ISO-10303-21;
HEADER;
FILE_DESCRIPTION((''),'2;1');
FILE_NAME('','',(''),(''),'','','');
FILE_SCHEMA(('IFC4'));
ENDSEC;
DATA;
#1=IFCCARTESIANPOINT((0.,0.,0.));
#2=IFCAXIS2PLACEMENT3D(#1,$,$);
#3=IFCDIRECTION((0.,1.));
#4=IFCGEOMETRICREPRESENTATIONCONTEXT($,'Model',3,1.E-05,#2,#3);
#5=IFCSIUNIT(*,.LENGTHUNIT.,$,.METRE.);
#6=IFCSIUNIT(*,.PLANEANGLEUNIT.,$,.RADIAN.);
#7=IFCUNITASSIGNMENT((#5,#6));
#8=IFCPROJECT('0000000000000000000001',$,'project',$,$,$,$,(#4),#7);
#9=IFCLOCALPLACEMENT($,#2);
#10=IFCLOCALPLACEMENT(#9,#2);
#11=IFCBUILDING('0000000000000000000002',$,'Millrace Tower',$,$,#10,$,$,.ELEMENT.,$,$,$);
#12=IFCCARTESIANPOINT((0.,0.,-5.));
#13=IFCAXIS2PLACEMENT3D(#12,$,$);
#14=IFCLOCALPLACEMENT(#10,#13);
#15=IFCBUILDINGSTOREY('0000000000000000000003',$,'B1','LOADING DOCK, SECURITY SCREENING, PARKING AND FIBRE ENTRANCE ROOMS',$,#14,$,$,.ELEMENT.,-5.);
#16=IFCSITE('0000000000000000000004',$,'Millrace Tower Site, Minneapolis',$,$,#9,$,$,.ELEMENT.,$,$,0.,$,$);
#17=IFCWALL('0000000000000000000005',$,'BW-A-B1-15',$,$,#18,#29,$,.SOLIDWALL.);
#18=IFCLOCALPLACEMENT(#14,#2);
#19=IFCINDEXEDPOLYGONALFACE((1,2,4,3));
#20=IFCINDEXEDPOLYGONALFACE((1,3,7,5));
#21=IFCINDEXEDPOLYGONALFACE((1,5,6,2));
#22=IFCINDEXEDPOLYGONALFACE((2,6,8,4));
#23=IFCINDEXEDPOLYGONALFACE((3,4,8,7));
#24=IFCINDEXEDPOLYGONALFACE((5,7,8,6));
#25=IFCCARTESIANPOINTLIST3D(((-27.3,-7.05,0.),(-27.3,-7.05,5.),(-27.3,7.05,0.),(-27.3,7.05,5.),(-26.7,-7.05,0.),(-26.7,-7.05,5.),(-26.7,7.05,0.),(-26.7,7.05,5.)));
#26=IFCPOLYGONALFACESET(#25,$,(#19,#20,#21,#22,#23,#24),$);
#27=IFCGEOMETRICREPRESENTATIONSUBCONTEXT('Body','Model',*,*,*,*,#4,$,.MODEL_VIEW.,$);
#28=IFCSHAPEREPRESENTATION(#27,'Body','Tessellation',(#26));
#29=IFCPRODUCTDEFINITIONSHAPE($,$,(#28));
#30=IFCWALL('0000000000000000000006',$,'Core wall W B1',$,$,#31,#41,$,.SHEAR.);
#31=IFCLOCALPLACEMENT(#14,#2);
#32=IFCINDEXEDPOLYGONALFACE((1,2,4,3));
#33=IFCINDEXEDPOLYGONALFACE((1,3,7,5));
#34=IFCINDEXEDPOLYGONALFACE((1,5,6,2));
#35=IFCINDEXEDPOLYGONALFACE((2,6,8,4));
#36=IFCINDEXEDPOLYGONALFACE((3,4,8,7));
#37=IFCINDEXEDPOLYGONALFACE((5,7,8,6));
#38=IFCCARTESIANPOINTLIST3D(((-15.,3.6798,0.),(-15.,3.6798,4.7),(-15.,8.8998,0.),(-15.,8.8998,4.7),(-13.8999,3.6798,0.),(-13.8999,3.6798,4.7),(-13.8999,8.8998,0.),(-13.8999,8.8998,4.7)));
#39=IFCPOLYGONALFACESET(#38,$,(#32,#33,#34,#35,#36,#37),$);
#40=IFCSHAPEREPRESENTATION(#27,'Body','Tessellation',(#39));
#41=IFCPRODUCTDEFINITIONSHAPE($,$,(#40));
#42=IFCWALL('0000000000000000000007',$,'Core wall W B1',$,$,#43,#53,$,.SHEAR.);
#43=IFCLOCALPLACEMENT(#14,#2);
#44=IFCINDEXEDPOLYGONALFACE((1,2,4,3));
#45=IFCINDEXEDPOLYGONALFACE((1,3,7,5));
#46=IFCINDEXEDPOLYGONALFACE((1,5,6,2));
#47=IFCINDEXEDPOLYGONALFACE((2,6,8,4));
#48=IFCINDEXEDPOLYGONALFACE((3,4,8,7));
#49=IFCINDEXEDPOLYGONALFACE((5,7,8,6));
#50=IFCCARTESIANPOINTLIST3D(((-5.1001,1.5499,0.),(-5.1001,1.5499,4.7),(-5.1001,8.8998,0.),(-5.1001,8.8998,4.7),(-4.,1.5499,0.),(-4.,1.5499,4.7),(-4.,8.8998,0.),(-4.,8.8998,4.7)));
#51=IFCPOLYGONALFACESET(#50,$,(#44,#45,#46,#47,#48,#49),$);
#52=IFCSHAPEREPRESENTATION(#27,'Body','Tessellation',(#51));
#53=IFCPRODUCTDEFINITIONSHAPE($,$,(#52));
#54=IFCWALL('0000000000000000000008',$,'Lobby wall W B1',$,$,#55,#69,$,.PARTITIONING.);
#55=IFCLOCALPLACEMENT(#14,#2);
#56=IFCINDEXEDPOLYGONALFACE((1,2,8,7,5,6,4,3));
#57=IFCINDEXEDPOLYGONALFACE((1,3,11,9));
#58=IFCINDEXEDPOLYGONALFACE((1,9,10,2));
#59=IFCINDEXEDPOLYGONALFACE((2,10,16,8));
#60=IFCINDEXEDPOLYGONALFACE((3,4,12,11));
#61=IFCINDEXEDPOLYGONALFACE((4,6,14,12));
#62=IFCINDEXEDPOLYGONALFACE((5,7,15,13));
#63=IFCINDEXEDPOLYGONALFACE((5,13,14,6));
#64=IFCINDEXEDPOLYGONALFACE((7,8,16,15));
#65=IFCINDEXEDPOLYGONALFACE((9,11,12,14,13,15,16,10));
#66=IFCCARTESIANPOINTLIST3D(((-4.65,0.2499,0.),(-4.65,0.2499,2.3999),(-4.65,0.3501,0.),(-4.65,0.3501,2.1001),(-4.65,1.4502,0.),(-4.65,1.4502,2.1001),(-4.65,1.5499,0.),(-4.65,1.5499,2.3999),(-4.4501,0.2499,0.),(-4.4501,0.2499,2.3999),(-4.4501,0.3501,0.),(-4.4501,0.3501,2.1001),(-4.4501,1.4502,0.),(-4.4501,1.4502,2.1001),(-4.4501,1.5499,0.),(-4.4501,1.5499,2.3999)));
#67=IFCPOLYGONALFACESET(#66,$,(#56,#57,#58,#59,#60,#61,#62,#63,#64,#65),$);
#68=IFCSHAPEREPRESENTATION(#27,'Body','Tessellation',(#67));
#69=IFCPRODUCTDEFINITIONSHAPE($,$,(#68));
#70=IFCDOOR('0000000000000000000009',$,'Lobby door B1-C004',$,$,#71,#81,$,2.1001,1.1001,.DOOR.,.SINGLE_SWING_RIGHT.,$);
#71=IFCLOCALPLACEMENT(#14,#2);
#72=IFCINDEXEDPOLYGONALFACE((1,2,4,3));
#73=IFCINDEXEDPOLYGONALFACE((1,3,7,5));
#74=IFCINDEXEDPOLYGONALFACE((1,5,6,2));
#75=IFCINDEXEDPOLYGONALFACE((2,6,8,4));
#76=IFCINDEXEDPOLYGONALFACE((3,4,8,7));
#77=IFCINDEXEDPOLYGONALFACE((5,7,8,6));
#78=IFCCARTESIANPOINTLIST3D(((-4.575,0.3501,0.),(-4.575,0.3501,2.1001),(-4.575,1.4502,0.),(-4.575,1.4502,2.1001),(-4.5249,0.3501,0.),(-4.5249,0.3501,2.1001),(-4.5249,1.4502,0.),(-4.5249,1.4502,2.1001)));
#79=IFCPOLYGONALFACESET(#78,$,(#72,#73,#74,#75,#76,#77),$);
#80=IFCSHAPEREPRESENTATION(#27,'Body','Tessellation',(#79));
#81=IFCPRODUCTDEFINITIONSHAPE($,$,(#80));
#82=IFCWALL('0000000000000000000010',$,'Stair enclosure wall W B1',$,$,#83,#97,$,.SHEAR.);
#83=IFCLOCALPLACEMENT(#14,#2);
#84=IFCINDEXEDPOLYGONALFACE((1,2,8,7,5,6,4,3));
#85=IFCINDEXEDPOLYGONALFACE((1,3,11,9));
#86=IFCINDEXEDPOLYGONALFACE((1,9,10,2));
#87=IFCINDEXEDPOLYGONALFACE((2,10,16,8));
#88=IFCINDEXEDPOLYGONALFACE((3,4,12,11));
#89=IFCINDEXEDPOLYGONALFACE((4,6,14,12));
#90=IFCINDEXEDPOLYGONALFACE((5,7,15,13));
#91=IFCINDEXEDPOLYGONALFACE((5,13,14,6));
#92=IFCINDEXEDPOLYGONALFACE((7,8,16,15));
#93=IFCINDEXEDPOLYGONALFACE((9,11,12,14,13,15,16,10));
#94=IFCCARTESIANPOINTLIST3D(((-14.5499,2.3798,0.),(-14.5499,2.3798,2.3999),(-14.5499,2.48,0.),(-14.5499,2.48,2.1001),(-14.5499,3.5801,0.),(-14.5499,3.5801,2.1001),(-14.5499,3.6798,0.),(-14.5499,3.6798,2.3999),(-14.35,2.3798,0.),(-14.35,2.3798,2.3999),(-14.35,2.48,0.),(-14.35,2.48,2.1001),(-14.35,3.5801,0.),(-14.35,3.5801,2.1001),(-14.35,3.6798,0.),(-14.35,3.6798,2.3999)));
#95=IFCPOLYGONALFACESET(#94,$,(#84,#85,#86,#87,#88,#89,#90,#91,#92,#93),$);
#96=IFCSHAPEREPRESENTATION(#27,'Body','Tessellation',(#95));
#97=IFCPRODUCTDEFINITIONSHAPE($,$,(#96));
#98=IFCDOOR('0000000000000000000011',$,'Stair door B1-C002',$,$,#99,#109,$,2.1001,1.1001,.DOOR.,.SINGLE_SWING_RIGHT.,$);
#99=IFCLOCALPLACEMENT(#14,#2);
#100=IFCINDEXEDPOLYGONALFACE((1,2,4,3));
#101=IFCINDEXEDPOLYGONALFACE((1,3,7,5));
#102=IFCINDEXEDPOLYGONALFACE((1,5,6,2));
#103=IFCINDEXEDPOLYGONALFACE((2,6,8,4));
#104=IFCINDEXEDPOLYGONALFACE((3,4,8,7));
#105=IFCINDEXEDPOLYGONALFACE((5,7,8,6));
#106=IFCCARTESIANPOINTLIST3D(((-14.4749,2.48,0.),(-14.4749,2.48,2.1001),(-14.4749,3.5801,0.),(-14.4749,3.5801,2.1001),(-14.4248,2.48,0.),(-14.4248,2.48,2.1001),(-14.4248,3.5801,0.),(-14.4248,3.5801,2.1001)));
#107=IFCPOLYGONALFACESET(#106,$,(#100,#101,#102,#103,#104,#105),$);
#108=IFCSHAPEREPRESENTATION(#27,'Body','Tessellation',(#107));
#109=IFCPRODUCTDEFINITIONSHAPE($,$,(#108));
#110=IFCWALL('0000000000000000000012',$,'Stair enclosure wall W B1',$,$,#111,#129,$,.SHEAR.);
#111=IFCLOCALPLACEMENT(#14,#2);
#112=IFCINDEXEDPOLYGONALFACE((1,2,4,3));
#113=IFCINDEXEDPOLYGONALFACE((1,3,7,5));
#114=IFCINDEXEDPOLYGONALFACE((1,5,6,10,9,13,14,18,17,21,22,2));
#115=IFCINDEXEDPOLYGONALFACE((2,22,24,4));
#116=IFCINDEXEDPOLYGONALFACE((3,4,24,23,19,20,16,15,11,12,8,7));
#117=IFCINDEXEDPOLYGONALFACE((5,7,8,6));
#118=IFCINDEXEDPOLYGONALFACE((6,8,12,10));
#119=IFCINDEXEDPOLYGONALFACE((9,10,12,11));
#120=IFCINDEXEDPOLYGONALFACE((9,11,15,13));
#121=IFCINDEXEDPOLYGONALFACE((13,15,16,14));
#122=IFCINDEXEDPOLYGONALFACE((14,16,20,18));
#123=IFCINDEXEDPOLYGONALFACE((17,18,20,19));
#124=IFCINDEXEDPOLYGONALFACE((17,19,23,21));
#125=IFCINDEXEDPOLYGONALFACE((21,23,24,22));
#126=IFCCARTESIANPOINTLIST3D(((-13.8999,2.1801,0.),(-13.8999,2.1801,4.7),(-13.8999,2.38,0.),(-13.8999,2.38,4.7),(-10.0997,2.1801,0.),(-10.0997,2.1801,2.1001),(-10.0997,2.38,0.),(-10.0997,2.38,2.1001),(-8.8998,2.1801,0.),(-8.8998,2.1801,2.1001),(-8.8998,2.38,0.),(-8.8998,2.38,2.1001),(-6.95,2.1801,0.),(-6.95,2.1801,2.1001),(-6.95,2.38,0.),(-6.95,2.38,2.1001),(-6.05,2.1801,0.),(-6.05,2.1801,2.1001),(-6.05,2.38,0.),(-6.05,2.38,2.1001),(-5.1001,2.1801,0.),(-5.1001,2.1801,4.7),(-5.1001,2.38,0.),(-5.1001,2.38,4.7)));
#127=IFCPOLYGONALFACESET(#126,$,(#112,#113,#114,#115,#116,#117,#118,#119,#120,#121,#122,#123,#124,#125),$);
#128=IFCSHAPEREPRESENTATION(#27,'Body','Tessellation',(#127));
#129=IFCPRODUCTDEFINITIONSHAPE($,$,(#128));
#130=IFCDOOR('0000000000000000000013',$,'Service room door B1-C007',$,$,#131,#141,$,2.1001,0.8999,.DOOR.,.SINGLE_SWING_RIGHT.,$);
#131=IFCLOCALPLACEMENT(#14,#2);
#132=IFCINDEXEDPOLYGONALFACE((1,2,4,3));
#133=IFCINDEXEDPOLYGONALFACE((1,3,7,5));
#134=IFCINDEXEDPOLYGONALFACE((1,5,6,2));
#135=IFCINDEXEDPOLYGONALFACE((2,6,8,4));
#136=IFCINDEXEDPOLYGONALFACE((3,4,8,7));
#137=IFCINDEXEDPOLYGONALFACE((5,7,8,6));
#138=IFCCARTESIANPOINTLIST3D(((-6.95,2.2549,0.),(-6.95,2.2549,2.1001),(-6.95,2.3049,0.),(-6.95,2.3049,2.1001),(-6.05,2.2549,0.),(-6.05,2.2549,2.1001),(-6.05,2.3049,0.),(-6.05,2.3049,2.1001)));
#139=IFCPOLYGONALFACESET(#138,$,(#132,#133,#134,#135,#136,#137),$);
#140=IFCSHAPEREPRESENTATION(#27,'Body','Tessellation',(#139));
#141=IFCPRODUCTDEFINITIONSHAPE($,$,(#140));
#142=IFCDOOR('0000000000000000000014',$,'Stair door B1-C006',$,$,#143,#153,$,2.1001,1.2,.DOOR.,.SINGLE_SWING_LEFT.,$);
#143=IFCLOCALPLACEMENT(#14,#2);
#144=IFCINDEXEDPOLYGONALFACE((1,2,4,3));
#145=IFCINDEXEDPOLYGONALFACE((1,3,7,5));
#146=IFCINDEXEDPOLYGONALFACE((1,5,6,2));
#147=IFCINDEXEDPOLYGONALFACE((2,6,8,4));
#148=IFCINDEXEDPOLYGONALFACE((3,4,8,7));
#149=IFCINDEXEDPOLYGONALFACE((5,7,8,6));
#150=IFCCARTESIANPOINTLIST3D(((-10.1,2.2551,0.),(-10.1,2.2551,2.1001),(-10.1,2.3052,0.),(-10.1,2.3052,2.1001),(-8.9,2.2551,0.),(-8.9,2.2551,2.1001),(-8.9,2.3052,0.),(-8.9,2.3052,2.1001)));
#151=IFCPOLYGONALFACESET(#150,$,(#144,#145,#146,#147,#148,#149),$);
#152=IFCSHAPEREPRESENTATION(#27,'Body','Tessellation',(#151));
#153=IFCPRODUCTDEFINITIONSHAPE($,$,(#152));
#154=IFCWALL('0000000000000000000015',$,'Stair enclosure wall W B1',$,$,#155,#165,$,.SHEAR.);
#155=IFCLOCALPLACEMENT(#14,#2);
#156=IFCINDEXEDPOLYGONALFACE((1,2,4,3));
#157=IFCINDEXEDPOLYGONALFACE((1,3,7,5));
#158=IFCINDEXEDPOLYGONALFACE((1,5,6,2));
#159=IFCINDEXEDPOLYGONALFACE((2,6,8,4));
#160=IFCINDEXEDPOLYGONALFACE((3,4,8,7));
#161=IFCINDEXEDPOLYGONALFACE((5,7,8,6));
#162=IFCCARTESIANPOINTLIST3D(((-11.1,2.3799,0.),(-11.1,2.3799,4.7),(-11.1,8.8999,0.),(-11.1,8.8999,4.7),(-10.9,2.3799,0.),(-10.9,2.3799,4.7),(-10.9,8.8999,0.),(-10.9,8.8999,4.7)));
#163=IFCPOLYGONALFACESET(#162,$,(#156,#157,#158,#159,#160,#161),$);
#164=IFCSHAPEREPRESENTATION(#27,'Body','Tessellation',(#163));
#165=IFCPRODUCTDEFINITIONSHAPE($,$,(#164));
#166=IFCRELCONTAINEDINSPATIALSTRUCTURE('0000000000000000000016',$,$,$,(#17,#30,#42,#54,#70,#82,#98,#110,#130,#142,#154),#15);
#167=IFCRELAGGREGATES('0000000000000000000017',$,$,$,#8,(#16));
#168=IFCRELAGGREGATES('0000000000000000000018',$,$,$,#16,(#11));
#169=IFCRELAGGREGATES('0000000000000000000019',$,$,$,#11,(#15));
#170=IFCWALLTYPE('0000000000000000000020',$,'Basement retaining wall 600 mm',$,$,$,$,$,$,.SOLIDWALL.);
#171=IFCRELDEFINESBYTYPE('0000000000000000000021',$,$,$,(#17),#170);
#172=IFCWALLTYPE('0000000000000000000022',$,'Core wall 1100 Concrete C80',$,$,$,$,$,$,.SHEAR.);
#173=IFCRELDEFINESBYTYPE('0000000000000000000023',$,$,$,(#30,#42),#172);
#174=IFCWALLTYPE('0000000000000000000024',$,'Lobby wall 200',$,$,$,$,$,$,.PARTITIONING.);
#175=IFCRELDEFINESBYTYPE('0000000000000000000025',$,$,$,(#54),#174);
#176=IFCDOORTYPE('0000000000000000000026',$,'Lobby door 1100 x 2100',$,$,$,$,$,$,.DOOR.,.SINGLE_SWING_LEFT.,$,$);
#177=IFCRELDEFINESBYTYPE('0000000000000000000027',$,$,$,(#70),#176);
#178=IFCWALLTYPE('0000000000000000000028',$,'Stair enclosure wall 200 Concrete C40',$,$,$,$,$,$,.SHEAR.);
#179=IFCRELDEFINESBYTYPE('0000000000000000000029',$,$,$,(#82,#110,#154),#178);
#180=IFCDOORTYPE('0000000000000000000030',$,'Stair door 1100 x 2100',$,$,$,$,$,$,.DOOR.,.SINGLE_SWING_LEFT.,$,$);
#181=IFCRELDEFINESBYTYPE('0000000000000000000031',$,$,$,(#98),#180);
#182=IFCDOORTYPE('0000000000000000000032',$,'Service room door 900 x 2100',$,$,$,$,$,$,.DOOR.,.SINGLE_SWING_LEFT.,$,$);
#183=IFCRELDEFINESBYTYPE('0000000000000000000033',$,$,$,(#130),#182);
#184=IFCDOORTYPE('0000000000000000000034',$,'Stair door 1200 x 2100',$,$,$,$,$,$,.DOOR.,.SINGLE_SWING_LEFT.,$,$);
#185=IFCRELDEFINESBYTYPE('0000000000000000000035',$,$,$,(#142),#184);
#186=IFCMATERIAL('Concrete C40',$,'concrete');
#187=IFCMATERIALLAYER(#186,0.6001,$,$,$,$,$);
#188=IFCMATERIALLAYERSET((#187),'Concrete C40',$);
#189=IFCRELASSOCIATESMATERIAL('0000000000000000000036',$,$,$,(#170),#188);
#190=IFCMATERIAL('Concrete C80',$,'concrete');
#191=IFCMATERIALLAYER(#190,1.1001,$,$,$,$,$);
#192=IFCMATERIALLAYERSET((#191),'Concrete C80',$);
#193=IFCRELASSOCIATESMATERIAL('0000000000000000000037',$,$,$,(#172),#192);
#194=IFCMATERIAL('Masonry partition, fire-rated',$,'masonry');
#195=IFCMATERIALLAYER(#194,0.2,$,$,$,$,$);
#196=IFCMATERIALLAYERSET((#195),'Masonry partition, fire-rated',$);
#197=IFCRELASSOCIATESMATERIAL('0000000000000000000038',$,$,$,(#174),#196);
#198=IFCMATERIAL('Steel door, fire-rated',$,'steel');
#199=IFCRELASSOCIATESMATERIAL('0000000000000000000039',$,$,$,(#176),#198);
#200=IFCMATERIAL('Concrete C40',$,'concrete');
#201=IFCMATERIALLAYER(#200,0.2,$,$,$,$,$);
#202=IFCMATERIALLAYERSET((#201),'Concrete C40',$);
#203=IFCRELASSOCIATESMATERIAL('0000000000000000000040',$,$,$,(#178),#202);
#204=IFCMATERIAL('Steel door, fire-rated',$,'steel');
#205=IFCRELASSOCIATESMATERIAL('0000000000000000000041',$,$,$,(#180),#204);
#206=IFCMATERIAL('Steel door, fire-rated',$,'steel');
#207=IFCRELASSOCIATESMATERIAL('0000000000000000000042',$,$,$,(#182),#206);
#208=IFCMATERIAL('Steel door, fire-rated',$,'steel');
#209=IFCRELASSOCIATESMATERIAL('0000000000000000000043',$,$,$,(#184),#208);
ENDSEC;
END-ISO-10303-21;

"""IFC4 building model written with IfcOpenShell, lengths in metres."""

from ifc_helpers import new_model, si_unit, direction, frame, frame_2d, origin, place, context, subcontext, project, spatial, rectangle, extrude, material, layer, layer_set, type_object, element, fill, save


model = new_model("IFC4")

# Units and contexts
model_context = context("Model", 3, precision=1e-05, world=origin(), true_north=direction((0.0, 1.0)))
body_context = subcontext(model_context, "Body", "Model", "MODEL_VIEW")
ifc_project = project(units=[si_unit("LENGTHUNIT", "METRE"), si_unit("PLANEANGLEUNIT", "RADIAN")], contexts=[model_context])

# Site, building, storey
site_placement = place(None, origin())
site = spatial("IfcSite", under=ifc_project, at=site_placement, Name="Millrace Tower Site, Minneapolis", CompositionType="ELEMENT", RefElevation=0.0)
building_placement = place(site_placement, origin())
building = spatial("IfcBuilding", under=site, at=building_placement, Name="Millrace Tower", CompositionType="ELEMENT")
storey_placement = place(building_placement, frame((0.0, 0.0, -5.0)))
storey = spatial("IfcBuildingStorey", under=building, at=storey_placement, Name="B1", Description="LOADING DOCK, SECURITY SCREENING, PARKING AND FIBRE ENTRANCE ROOMS", CompositionType="ELEMENT", Elevation=-5.0)

# Shared definitions
placement_1 = place(storey_placement, frame((-27.0, 7.05, 0.0), z_axis=(0.0, 0.0, 1.0), x_axis=(0.0, -1.0, 0.0)))

# Walls
ifc_material_1 = material(Name="Concrete C40", Category="concrete")
ifc_layer_1 = layer(ifc_material_1, 0.6001)
ifc_layer_set_1 = layer_set([ifc_layer_1], Name="Concrete C40")
wall_type_1 = type_object("IfcWallType", Name="Basement retaining wall 600 mm", PredefinedType="SOLIDWALL", material=ifc_layer_set_1)
element("IfcWall", 1, at=placement_1, inside=storey, type_object=wall_type_1, Name="BW-A-B1-15", PredefinedType="SOLIDWALL", context=body_context, shape_type="SweptSolid", body=[
    extrude(rectangle(XDim=14.1001, YDim=0.6001, at=frame_2d((7.05, 0.0))), origin(), (0.0, 0.0, 1.0), 5.0),
])
ifc_material_2 = material(Name="Concrete C80", Category="concrete")
ifc_layer_2 = layer(ifc_material_2, 1.1001)
ifc_layer_set_2 = layer_set([ifc_layer_2], Name="Concrete C80")
wall_type_2 = type_object("IfcWallType", Name="Core wall 1100 Concrete C80", PredefinedType="SHEAR", material=ifc_layer_set_2)
wall_1_placement = place(storey_placement, frame((-14.45, 3.6799, 0.0), z_axis=(0.0, 0.0, 1.0), x_axis=(0.0, 1.0, 0.0)))
element("IfcWall", 2, at=wall_1_placement, inside=storey, type_object=wall_type_2, Name="Core wall W B1", PredefinedType="SHEAR", context=body_context, shape_type="SweptSolid", body=[
    extrude(rectangle(XDim=5.22, YDim=1.1001, at=frame_2d((2.6099, 0.0))), origin(), (0.0, 0.0, 1.0), 4.7),
])
wall_2_placement = place(storey_placement, frame((-4.55, 1.55, 0.0), z_axis=(0.0, 0.0, 1.0), x_axis=(0.0, 1.0, 0.0)))
element("IfcWall", 3, at=wall_2_placement, inside=storey, type_object=wall_type_2, Name="Core wall W B1", PredefinedType="SHEAR", context=body_context, shape_type="SweptSolid", body=[
    extrude(rectangle(XDim=7.3499, YDim=1.1001, at=frame_2d((3.6748, 0.0))), origin(), (0.0, 0.0, 1.0), 4.7),
])

# Walls, openings, doors
ifc_material_3 = material(Name="Masonry partition, fire-rated", Category="masonry")
ifc_layer_3 = layer(ifc_material_3, 0.2)
ifc_layer_set_3 = layer_set([ifc_layer_3], Name="Masonry partition, fire-rated")
wall_type_3 = type_object("IfcWallType", Name="Lobby wall 200", PredefinedType="PARTITIONING", material=ifc_layer_set_3)
wall_3_placement = place(storey_placement, frame((-4.55, 0.25, 0.0), z_axis=(0.0, 0.0, 1.0), x_axis=(0.0, 1.0, 0.0)))
wall_3 = element("IfcWall", 4, at=wall_3_placement, inside=storey, type_object=wall_type_3, Name="Lobby wall W B1", PredefinedType="PARTITIONING", context=body_context, shape_type="SweptSolid", body=[
    extrude(rectangle(XDim=1.3, YDim=0.2, at=frame_2d((0.6499, 0.0))), origin(), (0.0, 0.0, 1.0), 2.3999),
])
opening_1_placement = place(wall_3_placement, frame((0.1001, 0.0, 0.0)))
opening_1 = element("IfcOpeningElement", 5, at=opening_1_placement, cuts=wall_3, PredefinedType="OPENING", context=body_context, shape_type="SweptSolid", body=[
    extrude(rectangle(XDim=1.1001, YDim=2.1001, at=frame_2d((0.55, 1.05))), frame((0.0, 0.1099, 0.0), z_axis=(0.0, -1.0, 0.0), x_axis=(1.0, 0.0, 0.0)), (0.0, 0.0, 1.0), 0.22),
])
ifc_material_4 = material(Name="Steel door, fire-rated", Category="steel")
door_type_1 = type_object("IfcDoorType", Name="Lobby door 1100 x 2100", OperationType="SINGLE_SWING_LEFT", PredefinedType="DOOR", material=ifc_material_4)
door_1_placement = place(opening_1_placement, origin())
door_1 = element("IfcDoor", 6, at=door_1_placement, inside=storey, type_object=door_type_1, Name="Lobby door B1-C004", OperationType="SINGLE_SWING_RIGHT", OverallHeight=2.1001, OverallWidth=1.1001, PredefinedType="DOOR", context=body_context, shape_type="SweptSolid", body=[
    extrude(rectangle(XDim=1.1001, YDim=2.1001, at=frame_2d((0.55, 1.05))), frame((0.0, 0.0249, 0.0), z_axis=(0.0, -1.0, 0.0), x_axis=(1.0, 0.0, 0.0)), (0.0, 0.0, 1.0), 0.05),
])
fill(opening_1, door_1)
ifc_material_5 = material(Name="Concrete C40", Category="concrete")
ifc_layer_4 = layer(ifc_material_5, 0.2)
ifc_layer_set_4 = layer_set([ifc_layer_4], Name="Concrete C40")
wall_type_4 = type_object("IfcWallType", Name="Stair enclosure wall 200 Concrete C40", PredefinedType="SHEAR", material=ifc_layer_set_4)
wall_4_placement = place(storey_placement, frame((-14.45, 2.3799, 0.0), z_axis=(0.0, 0.0, 1.0), x_axis=(0.0, 1.0, 0.0)))
wall_4 = element("IfcWall", 7, at=wall_4_placement, inside=storey, type_object=wall_type_4, Name="Stair enclosure wall W B1", PredefinedType="SHEAR", context=body_context, shape_type="SweptSolid", body=[
    extrude(rectangle(XDim=1.3, YDim=0.2, at=frame_2d((0.6499, 0.0))), origin(), (0.0, 0.0, 1.0), 2.3999),
])
opening_2_placement = place(wall_4_placement, frame((0.1001, 0.0, 0.0)))
opening_2 = element("IfcOpeningElement", 8, at=opening_2_placement, cuts=wall_4, PredefinedType="OPENING", context=body_context, shape_type="SweptSolid", body=[
    extrude(rectangle(XDim=1.1001, YDim=2.1001, at=frame_2d((0.55, 1.05))), frame((0.0, 0.1099, 0.0), z_axis=(0.0, -1.0, 0.0), x_axis=(1.0, 0.0, 0.0)), (0.0, 0.0, 1.0), 0.22),
])
ifc_material_6 = material(Name="Steel door, fire-rated", Category="steel")
door_type_2 = type_object("IfcDoorType", Name="Stair door 1100 x 2100", OperationType="SINGLE_SWING_LEFT", PredefinedType="DOOR", material=ifc_material_6)
door_2_placement = place(opening_2_placement, origin())
door_2 = element("IfcDoor", 9, at=door_2_placement, inside=storey, type_object=door_type_2, Name="Stair door B1-C002", OperationType="SINGLE_SWING_RIGHT", OverallHeight=2.1001, OverallWidth=1.1001, PredefinedType="DOOR", context=body_context, shape_type="SweptSolid", body=[
    extrude(rectangle(XDim=1.1001, YDim=2.1001, at=frame_2d((0.55, 1.05))), frame((0.0, 0.0249, 0.0), z_axis=(0.0, -1.0, 0.0), x_axis=(1.0, 0.0, 0.0)), (0.0, 0.0, 1.0), 0.05),
])
fill(opening_2, door_2)

# Wall, openings, doors
wall_5_placement = place(storey_placement, frame((-13.8999, 2.28, 0.0), z_axis=(0.0, 0.0, 1.0), x_axis=(1.0, 0.0, 0.0)))
wall_5 = element("IfcWall", 10, at=wall_5_placement, inside=storey, type_object=wall_type_4, Name="Stair enclosure wall W B1", PredefinedType="SHEAR", context=body_context, shape_type="SweptSolid", body=[
    extrude(rectangle(XDim=8.7998, YDim=0.2, at=frame_2d((4.3999, 0.0))), origin(), (0.0, 0.0, 1.0), 4.7),
])
opening_3_placement = place(wall_5_placement, frame((3.8, 0.0, 0.0)))
opening_3 = element("IfcOpeningElement", 11, at=opening_3_placement, cuts=wall_5, PredefinedType="OPENING", context=body_context, shape_type="SweptSolid", body=[
    extrude(rectangle(XDim=1.2, YDim=2.1001, at=frame_2d((0.6001, 1.05))), frame((0.0, 0.1099, 0.0), z_axis=(0.0, -1.0, 0.0), x_axis=(1.0, 0.0, 0.0)), (0.0, 0.0, 1.0), 0.22),
])
opening_4_placement = place(wall_5_placement, frame((6.95, 0.0, 0.0)))
opening_4 = element("IfcOpeningElement", 12, at=opening_4_placement, cuts=wall_5, PredefinedType="OPENING", context=body_context, shape_type="SweptSolid", body=[
    extrude(rectangle(XDim=0.8999, YDim=2.1001, at=frame_2d((0.45, 1.05))), frame((0.0, 0.1099, 0.0), z_axis=(0.0, -1.0, 0.0), x_axis=(1.0, 0.0, 0.0)), (0.0, 0.0, 1.0), 0.22),
])
ifc_material_7 = material(Name="Steel door, fire-rated", Category="steel")
door_type_3 = type_object("IfcDoorType", Name="Service room door 900 x 2100", OperationType="SINGLE_SWING_LEFT", PredefinedType="DOOR", material=ifc_material_7)
door_3_placement = place(opening_4_placement, origin())
door_3 = element("IfcDoor", 13, at=door_3_placement, inside=storey, type_object=door_type_3, Name="Service room door B1-C007", OperationType="SINGLE_SWING_RIGHT", OverallHeight=2.1001, OverallWidth=0.8999, PredefinedType="DOOR", context=body_context, shape_type="SweptSolid", body=[
    extrude(rectangle(XDim=0.8999, YDim=2.1001, at=frame_2d((0.45, 1.05))), frame((0.0, 0.0249, 0.0), z_axis=(0.0, -1.0, 0.0), x_axis=(1.0, 0.0, 0.0)), (0.0, 0.0, 1.0), 0.05),
])
fill(opening_4, door_3)
ifc_material_8 = material(Name="Steel door, fire-rated", Category="steel")
door_type_4 = type_object("IfcDoorType", Name="Stair door 1200 x 2100", OperationType="SINGLE_SWING_LEFT", PredefinedType="DOOR", material=ifc_material_8)
door_4_placement = place(opening_3_placement, frame((1.2, 0.0, 0.0), z_axis=(0.0, 0.0, 1.0), x_axis=(-1.0, 0.0, 0.0)))
door_4 = element("IfcDoor", 14, at=door_4_placement, inside=storey, type_object=door_type_4, Name="Stair door B1-C006", OperationType="SINGLE_SWING_LEFT", OverallHeight=2.1001, OverallWidth=1.2, PredefinedType="DOOR", context=body_context, shape_type="SweptSolid", body=[
    extrude(rectangle(XDim=1.2, YDim=2.1001, at=frame_2d((0.6001, 1.05))), frame((0.0, 0.0249, 0.0), z_axis=(0.0, -1.0, 0.0), x_axis=(1.0, 0.0, 0.0)), (0.0, 0.0, 1.0), 0.05),
])
fill(opening_3, door_4)

# Wall
for number, where, z_axis, x_axis, name in (
    (15, (-11.0, 2.3799, 0.0), (0.0, 0.0, 1.0), (0.0, 1.0, 0.0), "Stair enclosure wall W B1"),
):
    element("IfcWall", number, at=place(storey_placement, frame(where, z_axis=z_axis, x_axis=x_axis)), inside=storey, type_object=wall_type_4, Name=name, PredefinedType="SHEAR", context=body_context, shape_type="SweptSolid", body=[
        extrude(rectangle(XDim=6.52, YDim=0.2, at=frame_2d((3.26, 0.0))), origin(), (0.0, 0.0, 1.0), 4.7),
    ])

save(model, "model.ifc")
